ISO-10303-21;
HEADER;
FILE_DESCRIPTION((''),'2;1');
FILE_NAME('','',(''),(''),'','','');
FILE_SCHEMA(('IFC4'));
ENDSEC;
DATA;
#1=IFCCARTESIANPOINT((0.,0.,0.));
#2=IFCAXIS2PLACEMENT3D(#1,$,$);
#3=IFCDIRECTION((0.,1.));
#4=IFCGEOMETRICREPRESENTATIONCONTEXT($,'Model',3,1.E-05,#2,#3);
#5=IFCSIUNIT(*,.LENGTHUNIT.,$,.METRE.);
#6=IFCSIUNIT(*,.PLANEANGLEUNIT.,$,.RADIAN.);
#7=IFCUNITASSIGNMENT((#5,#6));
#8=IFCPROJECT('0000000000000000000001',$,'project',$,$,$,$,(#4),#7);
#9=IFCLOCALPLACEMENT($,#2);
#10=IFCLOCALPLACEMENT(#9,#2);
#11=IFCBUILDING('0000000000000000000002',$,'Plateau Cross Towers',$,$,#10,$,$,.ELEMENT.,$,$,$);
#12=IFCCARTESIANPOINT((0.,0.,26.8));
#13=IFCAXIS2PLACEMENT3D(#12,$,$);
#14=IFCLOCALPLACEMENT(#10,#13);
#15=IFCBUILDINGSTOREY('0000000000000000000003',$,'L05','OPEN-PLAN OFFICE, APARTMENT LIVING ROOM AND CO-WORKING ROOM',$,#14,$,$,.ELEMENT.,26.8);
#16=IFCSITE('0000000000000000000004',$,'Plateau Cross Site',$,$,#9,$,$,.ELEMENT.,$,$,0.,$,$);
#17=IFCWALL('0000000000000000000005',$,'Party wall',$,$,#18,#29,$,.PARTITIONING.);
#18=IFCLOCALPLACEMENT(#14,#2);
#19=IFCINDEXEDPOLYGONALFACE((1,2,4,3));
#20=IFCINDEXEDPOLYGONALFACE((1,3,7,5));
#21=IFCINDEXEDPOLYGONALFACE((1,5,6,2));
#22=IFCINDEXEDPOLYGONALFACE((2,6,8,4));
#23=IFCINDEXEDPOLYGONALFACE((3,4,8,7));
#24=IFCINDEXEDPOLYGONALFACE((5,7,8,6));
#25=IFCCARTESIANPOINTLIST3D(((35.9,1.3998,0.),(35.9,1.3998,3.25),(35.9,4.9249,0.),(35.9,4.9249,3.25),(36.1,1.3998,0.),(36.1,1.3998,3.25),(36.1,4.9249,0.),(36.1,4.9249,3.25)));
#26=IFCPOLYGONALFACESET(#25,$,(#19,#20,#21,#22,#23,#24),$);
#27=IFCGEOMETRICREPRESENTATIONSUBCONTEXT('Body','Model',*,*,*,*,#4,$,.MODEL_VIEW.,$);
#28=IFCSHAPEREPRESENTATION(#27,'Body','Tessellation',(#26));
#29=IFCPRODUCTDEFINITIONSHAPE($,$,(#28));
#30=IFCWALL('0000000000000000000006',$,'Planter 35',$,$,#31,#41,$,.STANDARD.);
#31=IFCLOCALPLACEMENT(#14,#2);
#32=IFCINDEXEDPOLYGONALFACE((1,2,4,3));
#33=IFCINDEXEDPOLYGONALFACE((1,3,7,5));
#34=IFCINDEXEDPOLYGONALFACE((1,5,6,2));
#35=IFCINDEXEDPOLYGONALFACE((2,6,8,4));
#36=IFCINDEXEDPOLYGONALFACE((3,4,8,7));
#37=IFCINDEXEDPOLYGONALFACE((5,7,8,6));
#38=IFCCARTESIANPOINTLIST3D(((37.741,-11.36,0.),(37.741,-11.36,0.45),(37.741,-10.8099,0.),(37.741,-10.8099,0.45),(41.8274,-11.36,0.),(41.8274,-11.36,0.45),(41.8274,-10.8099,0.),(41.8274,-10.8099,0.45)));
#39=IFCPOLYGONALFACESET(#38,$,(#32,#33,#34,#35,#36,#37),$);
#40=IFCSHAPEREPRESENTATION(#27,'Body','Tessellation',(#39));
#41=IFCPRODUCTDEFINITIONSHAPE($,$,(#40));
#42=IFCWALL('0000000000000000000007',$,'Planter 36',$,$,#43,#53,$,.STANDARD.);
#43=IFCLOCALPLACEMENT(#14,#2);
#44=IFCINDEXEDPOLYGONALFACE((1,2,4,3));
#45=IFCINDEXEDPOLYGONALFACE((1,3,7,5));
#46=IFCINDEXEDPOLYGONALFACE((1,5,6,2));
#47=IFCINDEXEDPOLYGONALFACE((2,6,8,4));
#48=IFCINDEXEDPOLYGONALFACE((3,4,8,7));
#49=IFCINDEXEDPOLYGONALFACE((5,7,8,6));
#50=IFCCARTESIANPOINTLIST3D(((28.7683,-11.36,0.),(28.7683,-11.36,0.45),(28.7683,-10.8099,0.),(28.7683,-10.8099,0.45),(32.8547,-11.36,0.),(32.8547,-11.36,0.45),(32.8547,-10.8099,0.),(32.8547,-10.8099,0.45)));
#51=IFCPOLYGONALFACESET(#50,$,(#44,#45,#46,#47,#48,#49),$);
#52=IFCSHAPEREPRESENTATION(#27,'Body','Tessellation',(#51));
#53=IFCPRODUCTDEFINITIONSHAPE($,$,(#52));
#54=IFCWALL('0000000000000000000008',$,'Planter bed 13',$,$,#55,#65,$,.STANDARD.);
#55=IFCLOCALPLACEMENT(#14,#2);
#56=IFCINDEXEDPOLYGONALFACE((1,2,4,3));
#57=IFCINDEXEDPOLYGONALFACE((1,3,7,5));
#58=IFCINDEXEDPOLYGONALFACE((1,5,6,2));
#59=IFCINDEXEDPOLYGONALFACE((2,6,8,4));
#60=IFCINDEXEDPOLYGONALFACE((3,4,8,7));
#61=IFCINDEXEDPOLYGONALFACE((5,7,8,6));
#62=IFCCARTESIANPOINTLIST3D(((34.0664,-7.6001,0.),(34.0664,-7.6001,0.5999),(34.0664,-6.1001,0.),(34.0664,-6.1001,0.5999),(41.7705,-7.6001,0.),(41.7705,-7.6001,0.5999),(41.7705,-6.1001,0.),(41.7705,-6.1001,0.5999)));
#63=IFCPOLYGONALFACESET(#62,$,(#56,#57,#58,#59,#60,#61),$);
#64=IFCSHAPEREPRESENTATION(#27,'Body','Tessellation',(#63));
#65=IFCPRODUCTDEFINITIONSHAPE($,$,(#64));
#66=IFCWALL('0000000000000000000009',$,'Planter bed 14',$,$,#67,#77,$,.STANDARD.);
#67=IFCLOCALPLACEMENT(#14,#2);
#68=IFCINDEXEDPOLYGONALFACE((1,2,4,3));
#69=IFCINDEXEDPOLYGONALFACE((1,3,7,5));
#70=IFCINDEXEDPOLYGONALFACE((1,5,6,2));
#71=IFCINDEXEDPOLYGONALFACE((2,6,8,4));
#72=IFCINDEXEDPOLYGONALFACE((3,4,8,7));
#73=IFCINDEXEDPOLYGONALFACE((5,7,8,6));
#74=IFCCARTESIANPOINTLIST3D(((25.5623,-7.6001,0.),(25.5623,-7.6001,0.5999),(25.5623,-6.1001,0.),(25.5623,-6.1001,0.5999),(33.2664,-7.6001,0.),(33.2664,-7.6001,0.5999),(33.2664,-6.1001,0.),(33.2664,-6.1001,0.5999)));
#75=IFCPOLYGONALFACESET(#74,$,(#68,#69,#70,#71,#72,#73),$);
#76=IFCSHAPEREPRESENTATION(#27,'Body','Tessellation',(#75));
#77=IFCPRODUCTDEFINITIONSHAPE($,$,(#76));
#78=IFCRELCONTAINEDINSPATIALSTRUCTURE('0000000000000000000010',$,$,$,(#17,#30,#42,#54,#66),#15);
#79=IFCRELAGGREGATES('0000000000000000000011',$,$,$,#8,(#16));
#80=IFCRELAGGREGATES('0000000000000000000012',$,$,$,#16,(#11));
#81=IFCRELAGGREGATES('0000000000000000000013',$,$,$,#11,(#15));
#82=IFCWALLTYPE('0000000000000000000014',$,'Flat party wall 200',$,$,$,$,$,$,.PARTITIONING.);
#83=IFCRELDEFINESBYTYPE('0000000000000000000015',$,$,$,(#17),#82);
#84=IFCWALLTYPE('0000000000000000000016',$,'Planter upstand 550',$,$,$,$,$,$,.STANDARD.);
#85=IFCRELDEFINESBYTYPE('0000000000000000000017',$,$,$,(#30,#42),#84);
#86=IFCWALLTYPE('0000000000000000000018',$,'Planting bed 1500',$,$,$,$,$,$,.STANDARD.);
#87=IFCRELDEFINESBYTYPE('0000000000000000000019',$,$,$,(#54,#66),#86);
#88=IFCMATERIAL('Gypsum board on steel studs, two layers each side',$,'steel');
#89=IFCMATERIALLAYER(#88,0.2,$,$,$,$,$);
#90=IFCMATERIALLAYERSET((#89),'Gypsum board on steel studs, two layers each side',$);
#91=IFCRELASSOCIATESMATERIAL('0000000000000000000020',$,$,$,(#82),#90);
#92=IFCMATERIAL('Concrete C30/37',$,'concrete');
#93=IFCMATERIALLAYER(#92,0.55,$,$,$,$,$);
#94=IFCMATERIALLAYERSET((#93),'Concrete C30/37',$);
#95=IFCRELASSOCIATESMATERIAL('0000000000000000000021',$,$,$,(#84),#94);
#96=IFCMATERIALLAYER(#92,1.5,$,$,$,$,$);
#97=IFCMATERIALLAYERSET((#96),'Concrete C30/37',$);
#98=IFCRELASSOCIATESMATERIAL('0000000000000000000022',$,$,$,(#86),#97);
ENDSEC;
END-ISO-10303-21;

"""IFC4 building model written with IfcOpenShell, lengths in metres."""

from ifc_helpers import new_model, si_unit, direction, frame, frame_2d, origin, place, context, subcontext, project, spatial, rectangle, extrude, material, layer, layer_set, type_object, element, save


model = new_model("IFC4")

# Units and contexts
model_context = context("Model", 3, precision=1e-05, world=origin(), true_north=direction((0.0, 1.0)))
body_context = subcontext(model_context, "Body", "Model", "MODEL_VIEW")
ifc_project = project(units=[si_unit("LENGTHUNIT", "METRE"), si_unit("PLANEANGLEUNIT", "RADIAN")], contexts=[model_context])

# Site, building, storey
site_placement = place(None, origin())
site = spatial("IfcSite", under=ifc_project, at=site_placement, Name="Plateau Cross Site", CompositionType="ELEMENT", RefElevation=0.0)
building_placement = place(site_placement, origin())
building = spatial("IfcBuilding", under=site, at=building_placement, Name="Plateau Cross Towers", CompositionType="ELEMENT")
storey_placement = place(building_placement, frame((0.0, 0.0, 26.8)))
storey = spatial("IfcBuildingStorey", under=building, at=storey_placement, Name="L05", Description="OPEN-PLAN OFFICE, APARTMENT LIVING ROOM AND CO-WORKING ROOM", CompositionType="ELEMENT", Elevation=26.8)

# Walls
ifc_material_1 = material(Name="Gypsum board on steel studs, two layers each side", Category="steel")
ifc_layer_1 = layer(ifc_material_1, 0.2)
ifc_layer_set_1 = layer_set([ifc_layer_1], Name="Gypsum board on steel studs, two layers each side")
wall_type_1 = type_object("IfcWallType", Name="Flat party wall 200", PredefinedType="PARTITIONING", material=ifc_layer_set_1)
wall_1_placement = place(storey_placement, frame((36.0, 4.925, 0.0), z_axis=(0.0, 0.0, 1.0), x_axis=(0.0, -1.0, 0.0)))
element("IfcWall", 1, at=wall_1_placement, inside=storey, type_object=wall_type_1, Name="Party wall", PredefinedType="PARTITIONING", context=body_context, shape_type="SweptSolid", body=[
    extrude(rectangle(XDim=3.5251, YDim=0.2, at=frame_2d((1.7627, 0.0))), origin(), (0.0, 0.0, 1.0), 3.25),
])
ifc_material_2 = material(Name="Concrete C30/37", Category="concrete")
ifc_layer_2 = layer(ifc_material_2, 0.55)
ifc_layer_set_2 = layer_set([ifc_layer_2], Name="Concrete C30/37")
wall_type_2 = type_object("IfcWallType", Name="Planter upstand 550", PredefinedType="STANDARD", material=ifc_layer_set_2)
for number, where, z_axis, x_axis, name in (
    (2, (41.8274, -11.085, 0.0), (0.0, 0.0, 1.0), (-1.0, 0.0, 0.0), "Planter 35"),
    (3, (32.8547, -11.085, 0.0), (0.0, 0.0, 1.0), (-1.0, 0.0, 0.0), "Planter 36"),
):
    element("IfcWall", number, at=place(storey_placement, frame(where, z_axis=z_axis, x_axis=x_axis)), inside=storey, type_object=wall_type_2, Name=name, PredefinedType="STANDARD", context=body_context, shape_type="SweptSolid", body=[
        extrude(rectangle(XDim=4.0864, YDim=0.55, at=frame_2d((2.0432, 0.0))), origin(), (0.0, 0.0, 1.0), 0.45),
    ])
ifc_layer_3 = layer(ifc_material_2, 1.5)
ifc_layer_set_3 = layer_set([ifc_layer_3], Name="Concrete C30/37")
wall_type_3 = type_object("IfcWallType", Name="Planting bed 1500", PredefinedType="STANDARD", material=ifc_layer_set_3)
for number, where, z_axis, x_axis, name in (
    (4, (41.7705, -6.8501, 0.0), (0.0, 0.0, 1.0), (-1.0, 0.0, 0.0), "Planter bed 13"),
    (5, (33.2664, -6.8501, 0.0), (0.0, 0.0, 1.0), (-1.0, 0.0, 0.0), "Planter bed 14"),
):
    element("IfcWall", number, at=place(storey_placement, frame(where, z_axis=z_axis, x_axis=x_axis)), inside=storey, type_object=wall_type_3, Name=name, PredefinedType="STANDARD", context=body_context, shape_type="SweptSolid", body=[
        extrude(rectangle(XDim=7.7041, YDim=1.5, at=frame_2d((3.8521, 0.0))), origin(), (0.0, 0.0, 1.0), 0.5999),
    ])

save(model, "model.ifc")
